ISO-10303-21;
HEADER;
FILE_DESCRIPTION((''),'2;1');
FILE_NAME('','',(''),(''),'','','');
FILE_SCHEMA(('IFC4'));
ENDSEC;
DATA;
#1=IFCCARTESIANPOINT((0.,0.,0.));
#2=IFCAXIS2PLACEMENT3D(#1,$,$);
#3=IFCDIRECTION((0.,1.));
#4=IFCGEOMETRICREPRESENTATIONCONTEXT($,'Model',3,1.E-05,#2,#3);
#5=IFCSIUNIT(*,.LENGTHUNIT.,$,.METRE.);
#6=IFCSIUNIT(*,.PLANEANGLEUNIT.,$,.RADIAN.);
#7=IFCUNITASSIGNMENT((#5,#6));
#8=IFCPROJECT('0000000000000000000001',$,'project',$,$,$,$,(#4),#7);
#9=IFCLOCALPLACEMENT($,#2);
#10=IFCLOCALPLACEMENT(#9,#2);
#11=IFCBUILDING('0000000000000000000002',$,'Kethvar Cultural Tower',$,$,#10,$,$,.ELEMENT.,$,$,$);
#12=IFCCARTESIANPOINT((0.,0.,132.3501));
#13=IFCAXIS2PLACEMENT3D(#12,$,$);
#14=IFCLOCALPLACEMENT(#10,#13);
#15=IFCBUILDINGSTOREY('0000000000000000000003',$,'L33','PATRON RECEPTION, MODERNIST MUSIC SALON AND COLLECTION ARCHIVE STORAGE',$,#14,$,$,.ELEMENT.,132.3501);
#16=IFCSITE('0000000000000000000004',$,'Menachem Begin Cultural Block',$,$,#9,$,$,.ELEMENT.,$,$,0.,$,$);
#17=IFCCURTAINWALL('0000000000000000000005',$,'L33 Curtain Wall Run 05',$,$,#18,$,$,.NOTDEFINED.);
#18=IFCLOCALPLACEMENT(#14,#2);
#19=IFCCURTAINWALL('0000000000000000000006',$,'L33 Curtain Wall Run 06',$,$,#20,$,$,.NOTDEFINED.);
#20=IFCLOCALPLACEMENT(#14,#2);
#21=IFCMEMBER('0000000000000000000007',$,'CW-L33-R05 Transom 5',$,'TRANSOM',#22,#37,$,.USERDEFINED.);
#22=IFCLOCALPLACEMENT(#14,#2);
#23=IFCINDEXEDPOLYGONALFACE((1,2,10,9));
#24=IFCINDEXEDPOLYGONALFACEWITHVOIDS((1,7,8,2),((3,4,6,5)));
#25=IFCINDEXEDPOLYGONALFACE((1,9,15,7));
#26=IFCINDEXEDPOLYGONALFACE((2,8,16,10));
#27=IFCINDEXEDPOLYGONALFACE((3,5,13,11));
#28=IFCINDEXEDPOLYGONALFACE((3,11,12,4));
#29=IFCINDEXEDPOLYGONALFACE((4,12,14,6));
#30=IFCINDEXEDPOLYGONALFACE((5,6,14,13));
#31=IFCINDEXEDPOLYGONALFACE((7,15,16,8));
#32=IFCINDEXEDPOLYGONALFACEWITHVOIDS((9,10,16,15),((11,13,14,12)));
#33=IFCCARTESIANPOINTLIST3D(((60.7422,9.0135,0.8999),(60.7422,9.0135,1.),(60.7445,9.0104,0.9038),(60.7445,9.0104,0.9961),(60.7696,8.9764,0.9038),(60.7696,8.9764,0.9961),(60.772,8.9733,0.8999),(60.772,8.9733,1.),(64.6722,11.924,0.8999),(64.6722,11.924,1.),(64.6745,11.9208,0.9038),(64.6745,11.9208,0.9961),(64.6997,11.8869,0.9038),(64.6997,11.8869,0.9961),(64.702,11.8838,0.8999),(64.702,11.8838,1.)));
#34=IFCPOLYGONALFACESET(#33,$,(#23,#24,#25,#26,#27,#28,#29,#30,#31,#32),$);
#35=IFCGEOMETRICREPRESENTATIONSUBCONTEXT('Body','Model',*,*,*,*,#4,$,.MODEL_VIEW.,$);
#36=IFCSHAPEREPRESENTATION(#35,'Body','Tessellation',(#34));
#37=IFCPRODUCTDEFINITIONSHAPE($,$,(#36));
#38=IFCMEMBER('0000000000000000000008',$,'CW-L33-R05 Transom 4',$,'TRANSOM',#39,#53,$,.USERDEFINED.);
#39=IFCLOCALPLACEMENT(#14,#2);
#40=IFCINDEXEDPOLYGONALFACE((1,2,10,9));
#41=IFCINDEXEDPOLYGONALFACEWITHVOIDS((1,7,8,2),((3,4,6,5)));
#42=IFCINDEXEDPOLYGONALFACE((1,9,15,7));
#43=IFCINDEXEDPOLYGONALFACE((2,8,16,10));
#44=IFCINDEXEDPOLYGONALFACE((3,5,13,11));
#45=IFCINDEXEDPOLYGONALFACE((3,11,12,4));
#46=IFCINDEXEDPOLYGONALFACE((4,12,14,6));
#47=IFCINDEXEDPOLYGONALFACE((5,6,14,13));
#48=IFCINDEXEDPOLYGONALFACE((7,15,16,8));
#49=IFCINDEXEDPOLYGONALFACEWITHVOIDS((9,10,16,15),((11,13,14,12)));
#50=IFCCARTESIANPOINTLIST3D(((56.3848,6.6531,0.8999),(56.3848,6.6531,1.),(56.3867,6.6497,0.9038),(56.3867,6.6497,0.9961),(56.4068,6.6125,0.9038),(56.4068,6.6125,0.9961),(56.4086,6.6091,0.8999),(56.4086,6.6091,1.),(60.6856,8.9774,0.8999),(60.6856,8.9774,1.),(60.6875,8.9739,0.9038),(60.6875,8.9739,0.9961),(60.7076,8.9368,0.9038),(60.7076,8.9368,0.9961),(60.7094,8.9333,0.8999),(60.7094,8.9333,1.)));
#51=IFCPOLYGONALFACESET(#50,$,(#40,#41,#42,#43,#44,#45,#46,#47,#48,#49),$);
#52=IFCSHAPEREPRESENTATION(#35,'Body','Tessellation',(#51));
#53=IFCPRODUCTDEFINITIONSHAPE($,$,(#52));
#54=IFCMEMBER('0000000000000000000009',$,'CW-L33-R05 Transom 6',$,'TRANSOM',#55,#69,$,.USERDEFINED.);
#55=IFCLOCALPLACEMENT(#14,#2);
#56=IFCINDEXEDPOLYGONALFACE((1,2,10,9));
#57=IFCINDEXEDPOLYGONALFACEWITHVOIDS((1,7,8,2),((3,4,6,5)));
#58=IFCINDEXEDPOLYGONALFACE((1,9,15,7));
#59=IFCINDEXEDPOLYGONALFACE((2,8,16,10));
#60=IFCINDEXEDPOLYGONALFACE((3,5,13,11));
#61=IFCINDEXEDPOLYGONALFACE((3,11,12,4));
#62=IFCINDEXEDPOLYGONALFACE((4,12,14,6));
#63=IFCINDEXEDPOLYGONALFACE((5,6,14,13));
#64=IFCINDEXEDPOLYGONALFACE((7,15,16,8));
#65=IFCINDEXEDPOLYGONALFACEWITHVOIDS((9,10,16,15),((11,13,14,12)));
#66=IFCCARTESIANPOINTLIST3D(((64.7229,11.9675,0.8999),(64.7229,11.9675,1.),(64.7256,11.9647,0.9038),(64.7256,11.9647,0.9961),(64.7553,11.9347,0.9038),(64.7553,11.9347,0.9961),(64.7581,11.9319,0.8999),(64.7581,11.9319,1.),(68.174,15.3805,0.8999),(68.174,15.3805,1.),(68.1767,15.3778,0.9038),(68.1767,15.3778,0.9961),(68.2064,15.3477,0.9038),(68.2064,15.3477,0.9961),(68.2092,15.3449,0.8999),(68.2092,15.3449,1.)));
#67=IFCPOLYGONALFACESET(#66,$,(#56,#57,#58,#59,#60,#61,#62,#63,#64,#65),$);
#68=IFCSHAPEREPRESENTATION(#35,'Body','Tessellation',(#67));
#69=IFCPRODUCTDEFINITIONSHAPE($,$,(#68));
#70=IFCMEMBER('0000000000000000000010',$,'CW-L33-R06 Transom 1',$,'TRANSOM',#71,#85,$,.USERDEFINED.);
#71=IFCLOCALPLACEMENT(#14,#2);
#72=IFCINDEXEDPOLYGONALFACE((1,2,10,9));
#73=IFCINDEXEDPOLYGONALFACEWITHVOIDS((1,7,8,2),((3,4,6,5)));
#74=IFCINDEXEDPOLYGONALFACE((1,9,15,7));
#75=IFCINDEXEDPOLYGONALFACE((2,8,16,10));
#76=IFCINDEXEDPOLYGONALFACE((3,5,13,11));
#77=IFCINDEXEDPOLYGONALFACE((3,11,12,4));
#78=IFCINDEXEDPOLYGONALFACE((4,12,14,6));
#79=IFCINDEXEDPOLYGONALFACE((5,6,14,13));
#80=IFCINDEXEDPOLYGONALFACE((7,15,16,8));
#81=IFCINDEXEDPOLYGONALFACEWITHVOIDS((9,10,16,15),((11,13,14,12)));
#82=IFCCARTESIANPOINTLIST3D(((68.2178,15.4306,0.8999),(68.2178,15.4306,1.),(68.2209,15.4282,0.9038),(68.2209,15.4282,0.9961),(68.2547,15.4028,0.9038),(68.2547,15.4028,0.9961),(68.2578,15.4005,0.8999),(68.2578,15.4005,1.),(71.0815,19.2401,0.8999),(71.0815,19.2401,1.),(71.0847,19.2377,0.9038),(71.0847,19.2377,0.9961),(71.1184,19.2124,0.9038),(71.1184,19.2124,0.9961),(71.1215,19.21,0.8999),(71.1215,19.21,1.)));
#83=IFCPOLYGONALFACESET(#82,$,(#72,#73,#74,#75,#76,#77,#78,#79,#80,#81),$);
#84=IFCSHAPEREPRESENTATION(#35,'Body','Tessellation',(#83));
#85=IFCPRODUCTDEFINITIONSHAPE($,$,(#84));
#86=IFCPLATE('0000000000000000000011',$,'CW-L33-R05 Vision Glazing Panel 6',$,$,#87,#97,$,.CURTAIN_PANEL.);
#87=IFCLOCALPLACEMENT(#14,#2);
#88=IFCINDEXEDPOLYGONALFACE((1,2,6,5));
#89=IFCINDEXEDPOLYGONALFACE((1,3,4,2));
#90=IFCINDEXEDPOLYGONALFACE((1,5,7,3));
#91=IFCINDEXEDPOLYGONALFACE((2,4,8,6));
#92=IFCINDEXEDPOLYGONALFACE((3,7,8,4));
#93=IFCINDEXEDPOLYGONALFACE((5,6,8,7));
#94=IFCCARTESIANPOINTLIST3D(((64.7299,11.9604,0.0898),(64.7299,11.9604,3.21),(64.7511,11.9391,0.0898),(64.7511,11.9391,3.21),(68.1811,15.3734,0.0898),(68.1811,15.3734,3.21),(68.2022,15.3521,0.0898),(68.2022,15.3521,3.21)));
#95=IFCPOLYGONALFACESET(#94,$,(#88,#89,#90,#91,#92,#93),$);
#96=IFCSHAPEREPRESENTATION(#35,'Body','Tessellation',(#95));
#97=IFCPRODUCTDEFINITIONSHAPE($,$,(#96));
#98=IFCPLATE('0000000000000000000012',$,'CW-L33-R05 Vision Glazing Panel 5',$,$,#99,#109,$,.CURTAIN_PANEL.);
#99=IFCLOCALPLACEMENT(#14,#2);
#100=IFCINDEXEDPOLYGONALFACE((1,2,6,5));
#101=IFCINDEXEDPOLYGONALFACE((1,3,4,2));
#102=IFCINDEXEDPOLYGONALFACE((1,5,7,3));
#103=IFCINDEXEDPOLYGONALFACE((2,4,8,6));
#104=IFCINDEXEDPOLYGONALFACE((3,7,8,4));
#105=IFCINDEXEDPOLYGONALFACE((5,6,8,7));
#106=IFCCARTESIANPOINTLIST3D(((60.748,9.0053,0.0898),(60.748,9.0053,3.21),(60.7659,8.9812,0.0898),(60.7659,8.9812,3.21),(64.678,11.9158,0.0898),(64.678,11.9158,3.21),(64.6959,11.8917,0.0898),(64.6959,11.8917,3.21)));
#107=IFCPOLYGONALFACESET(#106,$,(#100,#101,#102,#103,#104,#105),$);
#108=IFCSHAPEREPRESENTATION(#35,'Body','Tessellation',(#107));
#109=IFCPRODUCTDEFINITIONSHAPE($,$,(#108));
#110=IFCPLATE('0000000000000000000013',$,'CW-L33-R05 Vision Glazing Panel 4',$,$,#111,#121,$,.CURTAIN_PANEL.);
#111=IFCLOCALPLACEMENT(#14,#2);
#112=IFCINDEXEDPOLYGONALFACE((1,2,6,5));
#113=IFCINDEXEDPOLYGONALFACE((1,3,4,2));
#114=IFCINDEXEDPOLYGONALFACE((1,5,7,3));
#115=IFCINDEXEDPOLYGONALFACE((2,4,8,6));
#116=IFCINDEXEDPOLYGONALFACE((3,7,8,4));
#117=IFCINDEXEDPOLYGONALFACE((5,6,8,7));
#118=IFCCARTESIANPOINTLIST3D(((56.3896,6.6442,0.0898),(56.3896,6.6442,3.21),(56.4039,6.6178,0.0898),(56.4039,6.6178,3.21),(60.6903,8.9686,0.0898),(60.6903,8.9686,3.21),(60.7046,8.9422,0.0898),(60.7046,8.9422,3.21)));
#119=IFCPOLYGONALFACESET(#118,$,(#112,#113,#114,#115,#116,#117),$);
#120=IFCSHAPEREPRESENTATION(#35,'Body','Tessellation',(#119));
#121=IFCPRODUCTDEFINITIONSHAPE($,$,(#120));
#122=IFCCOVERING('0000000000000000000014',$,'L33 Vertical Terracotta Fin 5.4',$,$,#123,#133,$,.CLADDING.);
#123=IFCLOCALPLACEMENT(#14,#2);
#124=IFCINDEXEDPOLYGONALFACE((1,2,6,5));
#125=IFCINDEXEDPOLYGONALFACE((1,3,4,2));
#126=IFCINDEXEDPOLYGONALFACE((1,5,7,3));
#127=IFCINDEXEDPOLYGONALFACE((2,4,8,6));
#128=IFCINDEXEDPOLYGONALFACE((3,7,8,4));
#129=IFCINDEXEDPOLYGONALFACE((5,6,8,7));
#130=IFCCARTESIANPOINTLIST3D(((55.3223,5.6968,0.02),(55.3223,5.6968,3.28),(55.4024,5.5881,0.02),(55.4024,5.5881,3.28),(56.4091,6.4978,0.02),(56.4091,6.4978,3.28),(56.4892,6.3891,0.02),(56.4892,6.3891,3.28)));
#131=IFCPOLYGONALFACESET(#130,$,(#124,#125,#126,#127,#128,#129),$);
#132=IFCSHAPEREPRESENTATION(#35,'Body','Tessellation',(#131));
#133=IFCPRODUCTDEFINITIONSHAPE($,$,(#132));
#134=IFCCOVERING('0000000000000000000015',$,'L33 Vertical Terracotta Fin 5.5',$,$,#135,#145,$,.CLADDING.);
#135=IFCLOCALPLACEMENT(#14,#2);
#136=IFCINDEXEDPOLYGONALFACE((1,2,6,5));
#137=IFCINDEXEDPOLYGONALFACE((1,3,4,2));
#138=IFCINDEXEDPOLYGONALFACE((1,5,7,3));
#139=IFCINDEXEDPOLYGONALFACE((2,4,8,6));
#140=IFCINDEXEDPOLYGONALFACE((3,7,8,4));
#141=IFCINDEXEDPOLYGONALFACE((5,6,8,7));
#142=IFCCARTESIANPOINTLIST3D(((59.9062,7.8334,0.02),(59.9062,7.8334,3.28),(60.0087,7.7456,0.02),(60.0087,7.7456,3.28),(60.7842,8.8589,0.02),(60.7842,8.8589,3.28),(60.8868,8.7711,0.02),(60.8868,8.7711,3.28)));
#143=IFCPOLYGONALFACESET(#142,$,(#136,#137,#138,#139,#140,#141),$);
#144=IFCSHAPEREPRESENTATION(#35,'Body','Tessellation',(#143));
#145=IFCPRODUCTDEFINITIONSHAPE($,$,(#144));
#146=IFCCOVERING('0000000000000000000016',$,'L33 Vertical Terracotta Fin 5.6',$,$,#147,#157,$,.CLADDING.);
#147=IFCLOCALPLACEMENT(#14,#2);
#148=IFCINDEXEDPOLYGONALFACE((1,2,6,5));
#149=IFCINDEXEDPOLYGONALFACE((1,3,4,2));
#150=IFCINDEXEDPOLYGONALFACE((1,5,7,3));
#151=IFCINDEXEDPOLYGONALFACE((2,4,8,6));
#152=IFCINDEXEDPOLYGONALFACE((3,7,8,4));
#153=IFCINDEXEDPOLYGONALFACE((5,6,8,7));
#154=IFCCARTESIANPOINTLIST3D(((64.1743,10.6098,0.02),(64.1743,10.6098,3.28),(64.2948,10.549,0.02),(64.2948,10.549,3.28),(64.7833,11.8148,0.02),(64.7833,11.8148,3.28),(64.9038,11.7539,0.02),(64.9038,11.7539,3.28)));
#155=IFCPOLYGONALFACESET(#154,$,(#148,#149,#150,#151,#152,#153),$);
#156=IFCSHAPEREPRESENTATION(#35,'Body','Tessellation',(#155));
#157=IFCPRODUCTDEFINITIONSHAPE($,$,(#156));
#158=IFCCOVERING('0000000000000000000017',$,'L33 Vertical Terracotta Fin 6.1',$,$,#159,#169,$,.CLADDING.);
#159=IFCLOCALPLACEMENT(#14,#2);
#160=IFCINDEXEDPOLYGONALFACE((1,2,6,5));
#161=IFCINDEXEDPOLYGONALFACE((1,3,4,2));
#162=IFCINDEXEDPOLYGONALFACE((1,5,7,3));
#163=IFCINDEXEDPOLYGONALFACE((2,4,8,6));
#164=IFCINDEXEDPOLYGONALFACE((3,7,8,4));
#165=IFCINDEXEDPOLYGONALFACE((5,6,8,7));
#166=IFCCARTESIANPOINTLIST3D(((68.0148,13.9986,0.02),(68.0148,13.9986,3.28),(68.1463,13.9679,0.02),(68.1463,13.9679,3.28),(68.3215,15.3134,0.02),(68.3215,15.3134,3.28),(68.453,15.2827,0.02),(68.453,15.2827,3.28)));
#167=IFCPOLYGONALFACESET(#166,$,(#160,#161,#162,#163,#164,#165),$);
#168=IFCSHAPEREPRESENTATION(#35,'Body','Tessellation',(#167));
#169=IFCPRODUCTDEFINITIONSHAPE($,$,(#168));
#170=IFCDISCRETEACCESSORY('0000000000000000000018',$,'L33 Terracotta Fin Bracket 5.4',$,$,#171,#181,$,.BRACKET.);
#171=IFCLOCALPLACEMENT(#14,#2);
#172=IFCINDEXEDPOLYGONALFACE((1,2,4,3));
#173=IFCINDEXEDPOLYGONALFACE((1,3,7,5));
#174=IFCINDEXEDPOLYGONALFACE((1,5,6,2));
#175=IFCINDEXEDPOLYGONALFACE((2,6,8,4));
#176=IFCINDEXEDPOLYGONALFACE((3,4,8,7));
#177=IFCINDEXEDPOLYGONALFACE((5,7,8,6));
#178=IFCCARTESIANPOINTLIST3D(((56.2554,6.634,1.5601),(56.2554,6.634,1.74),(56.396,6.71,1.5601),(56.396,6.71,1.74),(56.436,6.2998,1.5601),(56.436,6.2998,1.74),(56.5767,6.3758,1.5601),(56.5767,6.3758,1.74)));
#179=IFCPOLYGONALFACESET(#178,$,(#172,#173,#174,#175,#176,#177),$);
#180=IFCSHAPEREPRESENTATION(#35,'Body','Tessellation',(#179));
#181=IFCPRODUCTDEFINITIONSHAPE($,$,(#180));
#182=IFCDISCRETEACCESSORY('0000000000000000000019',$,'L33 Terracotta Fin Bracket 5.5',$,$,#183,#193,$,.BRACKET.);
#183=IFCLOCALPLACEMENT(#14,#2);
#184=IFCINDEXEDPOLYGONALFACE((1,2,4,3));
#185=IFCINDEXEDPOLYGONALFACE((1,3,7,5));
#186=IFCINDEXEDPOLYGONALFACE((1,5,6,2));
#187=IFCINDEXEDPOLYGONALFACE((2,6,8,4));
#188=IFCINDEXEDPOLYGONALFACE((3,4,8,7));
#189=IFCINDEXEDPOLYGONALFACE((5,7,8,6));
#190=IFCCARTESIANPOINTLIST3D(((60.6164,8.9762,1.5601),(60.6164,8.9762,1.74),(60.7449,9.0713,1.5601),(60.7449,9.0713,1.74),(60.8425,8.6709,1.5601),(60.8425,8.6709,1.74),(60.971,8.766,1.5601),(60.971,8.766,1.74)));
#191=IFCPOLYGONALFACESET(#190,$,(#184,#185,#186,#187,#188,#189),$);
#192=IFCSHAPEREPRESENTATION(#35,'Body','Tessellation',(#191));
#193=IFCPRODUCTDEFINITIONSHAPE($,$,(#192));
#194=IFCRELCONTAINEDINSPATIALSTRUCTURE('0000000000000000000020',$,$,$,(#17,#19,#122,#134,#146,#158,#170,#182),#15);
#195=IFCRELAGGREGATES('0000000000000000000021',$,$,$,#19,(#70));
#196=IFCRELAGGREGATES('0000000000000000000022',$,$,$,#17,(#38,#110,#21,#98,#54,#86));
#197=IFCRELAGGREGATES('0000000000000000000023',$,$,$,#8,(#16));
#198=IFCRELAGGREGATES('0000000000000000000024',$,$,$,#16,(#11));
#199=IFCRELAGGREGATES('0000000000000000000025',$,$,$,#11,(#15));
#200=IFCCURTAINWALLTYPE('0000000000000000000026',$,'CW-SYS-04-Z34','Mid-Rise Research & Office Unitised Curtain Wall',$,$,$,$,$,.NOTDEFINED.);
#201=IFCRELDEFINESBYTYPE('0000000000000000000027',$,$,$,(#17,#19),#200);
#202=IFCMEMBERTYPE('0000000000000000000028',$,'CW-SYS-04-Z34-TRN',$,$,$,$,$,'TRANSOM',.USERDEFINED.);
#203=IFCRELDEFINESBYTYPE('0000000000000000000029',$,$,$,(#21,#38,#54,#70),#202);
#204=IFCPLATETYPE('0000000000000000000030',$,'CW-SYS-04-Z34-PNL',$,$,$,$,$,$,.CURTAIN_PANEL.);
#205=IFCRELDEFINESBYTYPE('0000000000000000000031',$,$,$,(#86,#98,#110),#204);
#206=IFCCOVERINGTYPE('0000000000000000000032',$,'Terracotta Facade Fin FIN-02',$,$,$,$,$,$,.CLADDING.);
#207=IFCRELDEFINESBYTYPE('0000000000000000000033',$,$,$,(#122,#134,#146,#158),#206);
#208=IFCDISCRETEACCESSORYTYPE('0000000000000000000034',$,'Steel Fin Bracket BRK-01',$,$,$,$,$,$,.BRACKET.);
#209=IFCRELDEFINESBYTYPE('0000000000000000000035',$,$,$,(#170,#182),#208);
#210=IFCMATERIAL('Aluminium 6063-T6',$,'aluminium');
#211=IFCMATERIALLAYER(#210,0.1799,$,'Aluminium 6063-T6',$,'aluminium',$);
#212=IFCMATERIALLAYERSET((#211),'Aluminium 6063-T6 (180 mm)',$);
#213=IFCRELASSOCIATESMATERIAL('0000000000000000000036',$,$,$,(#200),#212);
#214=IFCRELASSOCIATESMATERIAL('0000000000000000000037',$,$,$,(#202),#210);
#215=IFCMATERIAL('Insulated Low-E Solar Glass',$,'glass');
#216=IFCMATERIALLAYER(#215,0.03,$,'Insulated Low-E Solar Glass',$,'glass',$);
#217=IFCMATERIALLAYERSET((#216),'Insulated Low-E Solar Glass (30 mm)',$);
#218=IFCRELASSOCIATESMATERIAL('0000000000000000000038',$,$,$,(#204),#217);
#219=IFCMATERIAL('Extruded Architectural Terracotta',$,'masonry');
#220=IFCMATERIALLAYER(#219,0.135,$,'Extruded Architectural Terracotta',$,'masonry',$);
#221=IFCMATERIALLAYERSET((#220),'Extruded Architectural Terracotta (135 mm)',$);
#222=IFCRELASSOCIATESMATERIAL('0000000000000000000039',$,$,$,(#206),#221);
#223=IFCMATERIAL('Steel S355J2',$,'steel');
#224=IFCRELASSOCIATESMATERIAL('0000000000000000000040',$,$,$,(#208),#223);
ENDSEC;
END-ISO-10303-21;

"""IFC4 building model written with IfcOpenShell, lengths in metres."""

from ifc_helpers import new_model, si_unit, direction, frame, origin, origin_2d, place, context, subcontext, project, spatial, rectangle, hollow_rectangle, extrude, source, transform, mapped, material, layer, layer_set, material_profile, profile_set, type_object, element, aggregate, save


model = new_model("IFC4")

# Units and contexts
model_context = context("Model", 3, precision=1e-05, world=origin(), true_north=direction((0.0, 1.0)))
body_context = subcontext(model_context, "Body", "Model", "MODEL_VIEW")
ifc_project = project(units=[si_unit("LENGTHUNIT", "METRE"), si_unit("PLANEANGLEUNIT", "RADIAN")], contexts=[model_context])

# Site, building, storey
site_placement = place(None, origin())
site = spatial("IfcSite", under=ifc_project, at=site_placement, Name="Menachem Begin Cultural Block", CompositionType="ELEMENT", RefElevation=0.0)
building_placement = place(site_placement, origin())
building = spatial("IfcBuilding", under=site, at=building_placement, Name="Kethvar Cultural Tower", CompositionType="ELEMENT")
storey_placement = place(building_placement, frame((0.0, 0.0, 132.3501)))
storey = spatial("IfcBuildingStorey", under=building, at=storey_placement, Name="L33", Description="PATRON RECEPTION, MODERNIST MUSIC SALON AND COLLECTION ARCHIVE STORAGE", CompositionType="ELEMENT", Elevation=132.3501)

# Shared definitions
ifc_material_1 = material(Name="Steel S355J2", Category="steel")

# Curtain wall
ifc_material_2 = material(Name="Aluminium 6063-T6", Category="aluminium")
ifc_layer_1 = layer(ifc_material_2, 0.1799, Name="Aluminium 6063-T6", Category="aluminium")
ifc_layer_set_1 = layer_set([ifc_layer_1], Name="Aluminium 6063-T6 (180 mm)")
curtain_wall_type = type_object("IfcCurtainWallType", Name="CW-SYS-04-Z34", Description="Mid-Rise Research & Office Unitised Curtain Wall", PredefinedType="NOTDEFINED", material=ifc_layer_set_1)
curtain_wall_1_placement = place(storey_placement, origin())
curtain_wall_1 = element("IfcCurtainWall", 1, at=curtain_wall_1_placement, inside=storey, type_object=curtain_wall_type, Name="L33 Curtain Wall Run 05", PredefinedType="NOTDEFINED")

# Curtain wall
curtain_wall_2_placement = place(storey_placement, origin())
curtain_wall_2 = element("IfcCurtainWall", 2, at=curtain_wall_2_placement, inside=storey, type_object=curtain_wall_type, Name="L33 Curtain Wall Run 06", PredefinedType="NOTDEFINED")

# Members
ifc_material_profile_1 = material_profile(ifc_material_2, hollow_rectangle(XDim=0.05, YDim=0.1001, WallThickness=0.0039, at=origin_2d()), Name="Aluminium 6063-T6 — RHS100x50x4")
ifc_profile_set_1 = profile_set([ifc_material_profile_1], Name="Aluminium 6063-T6 — RHS100x50x4")
member_type_1 = type_object("IfcMemberType", Name="CW-SYS-04-Z34-TRN", ElementType="TRANSOM", PredefinedType="USERDEFINED", material=ifc_profile_set_1)
shared_shape_1 = source(origin(), body_context, "Body", "SweptSolid", [
    extrude(hollow_rectangle(XDim=0.05, YDim=0.1001, WallThickness=0.0039, at=origin_2d()), origin(), (0.0, 0.0, 1.0), 4.8904),
])
member_1_placement = place(storey_placement, frame((60.7571, 8.9934, 0.95), z_axis=(0.803622, 0.59514, 0.0), x_axis=(-0.59514, 0.803622, 0.0)))
member_1 = element("IfcMember", 3, at=member_1_placement, type_object=member_type_1, Name="CW-L33-R05 Transom 5", ObjectType="TRANSOM", PredefinedType="USERDEFINED", context=body_context, shape_type="MappedRepresentation", body=[
    mapped(shared_shape_1, transform((0.0, 0.0, 0.0), scale=1.0)),
])
shared_shape_2 = source(origin(), body_context, "Body", "SweptSolid", [
    extrude(hollow_rectangle(XDim=0.05, YDim=0.1001, WallThickness=0.0039, at=origin_2d()), origin(), (0.0, 0.0, 1.0), 4.8887),
])
member_2_placement = place(storey_placement, frame((56.3967, 6.6311, 0.95), z_axis=(0.879752, 0.475433, 0.0), x_axis=(-0.475433, 0.879752, 0.0)))
member_2 = element("IfcMember", 4, at=member_2_placement, type_object=member_type_1, Name="CW-L33-R05 Transom 4", ObjectType="TRANSOM", PredefinedType="USERDEFINED", context=body_context, shape_type="MappedRepresentation", body=[
    mapped(shared_shape_2, transform((0.0, 0.0, 0.0), scale=1.0)),
])
shared_shape_3 = source(origin(), body_context, "Body", "SweptSolid", [
    extrude(hollow_rectangle(XDim=0.05, YDim=0.1001, WallThickness=0.0039, at=origin_2d()), origin(), (0.0, 0.0, 1.0), 4.8538),
])
member_3_placement = place(storey_placement, frame((64.7405, 11.9497, 0.95), z_axis=(0.711019, 0.703173, 0.0), x_axis=(-0.703173, 0.711019, 0.0)))
member_3 = element("IfcMember", 5, at=member_3_placement, type_object=member_type_1, Name="CW-L33-R05 Transom 6", ObjectType="TRANSOM", PredefinedType="USERDEFINED", context=body_context, shape_type="MappedRepresentation", body=[
    mapped(shared_shape_3, transform((0.0, 0.0, 0.0), scale=1.0)),
])
shared_shape_4 = source(origin(), body_context, "Body", "SweptSolid", [
    extrude(hollow_rectangle(XDim=0.05, YDim=0.1001, WallThickness=0.0039, at=origin_2d()), origin(), (0.0, 0.0, 1.0), 4.7659),
])
member_4_placement = place(storey_placement, frame((68.2378, 15.4155, 0.95), z_axis=(0.600885, 0.799336, 0.0), x_axis=(-0.799336, 0.600885, 0.0)))
member_4 = element("IfcMember", 6, at=member_4_placement, type_object=member_type_1, Name="CW-L33-R06 Transom 1", ObjectType="TRANSOM", PredefinedType="USERDEFINED", context=body_context, shape_type="MappedRepresentation", body=[
    mapped(shared_shape_4, transform((0.0, 0.0, 0.0), scale=1.0)),
])
aggregate(curtain_wall_2, [member_4])

# Plates
ifc_material_3 = material(Name="Insulated Low-E Solar Glass", Category="glass")
ifc_layer_2 = layer(ifc_material_3, 0.03, Name="Insulated Low-E Solar Glass", Category="glass")
ifc_layer_set_2 = layer_set([ifc_layer_2], Name="Insulated Low-E Solar Glass (30 mm)")
plate_type = type_object("IfcPlateType", Name="CW-SYS-04-Z34-PNL", PredefinedType="CURTAIN_PANEL", material=ifc_layer_set_2)
shared_shape_5 = source(origin(), body_context, "Body", "SweptSolid", [
    extrude(rectangle(XDim=4.8538, YDim=0.03, at=origin_2d()), origin(), (0.0, 0.0, 1.0), 3.1201),
])
plate_1_placement = place(storey_placement, frame((66.4661, 13.6562, 0.0898), z_axis=(0.0, 0.0, 1.0), x_axis=(0.71102, 0.703171, 0.0)))
plate_1 = element("IfcPlate", 7, at=plate_1_placement, type_object=plate_type, Name="CW-L33-R05 Vision Glazing Panel 6", PredefinedType="CURTAIN_PANEL", context=body_context, shape_type="MappedRepresentation", body=[
    mapped(shared_shape_5, transform((0.0, 0.0, 0.0), scale=1.0)),
])
shared_shape_6 = source(origin(), body_context, "Body", "SweptSolid", [
    extrude(rectangle(XDim=4.8904, YDim=0.03, at=origin_2d()), origin(), (0.0, 0.0, 1.0), 3.1201),
])
plate_2_placement = place(storey_placement, frame((62.7219, 10.4485, 0.0898), z_axis=(0.0, 0.0, 1.0), x_axis=(0.803618, 0.595145, 0.0)))
plate_2 = element("IfcPlate", 8, at=plate_2_placement, type_object=plate_type, Name="CW-L33-R05 Vision Glazing Panel 5", PredefinedType="CURTAIN_PANEL", context=body_context, shape_type="MappedRepresentation", body=[
    mapped(shared_shape_6, transform((0.0, 0.0, 0.0), scale=1.0)),
])
shared_shape_7 = source(origin(), body_context, "Body", "SweptSolid", [
    extrude(rectangle(XDim=4.8887, YDim=0.03, at=origin_2d()), origin(), (0.0, 0.0, 1.0), 3.1201),
])
plate_3_placement = place(storey_placement, frame((58.5471, 7.7932, 0.0898), z_axis=(0.0, 0.0, 1.0), x_axis=(0.879732, 0.475471, 0.0)))
plate_3 = element("IfcPlate", 9, at=plate_3_placement, type_object=plate_type, Name="CW-L33-R05 Vision Glazing Panel 4", PredefinedType="CURTAIN_PANEL", context=body_context, shape_type="MappedRepresentation", body=[
    mapped(shared_shape_7, transform((0.0, 0.0, 0.0), scale=1.0)),
])
aggregate(curtain_wall_1, [member_2, plate_3, member_1, plate_2, member_3, plate_1])

# Coverings
ifc_material_4 = material(Name="Extruded Architectural Terracotta", Category="masonry")
ifc_layer_3 = layer(ifc_material_4, 0.135, Name="Extruded Architectural Terracotta", Category="masonry")
ifc_layer_set_3 = layer_set([ifc_layer_3], Name="Extruded Architectural Terracotta (135 mm)")
covering_type = type_object("IfcCoveringType", Name="Terracotta Facade Fin FIN-02", PredefinedType="CLADDING", material=ifc_layer_set_3)
shared_shape_8 = source(origin(), body_context, "Body", "SweptSolid", [
    extrude(rectangle(XDim=1.3501, YDim=0.135, at=origin_2d()), origin(), (0.0, 0.0, 1.0), 3.26),
])
for number, where, z_axis, x_axis, name in (
    (10, (55.9058, 6.043, 0.02), (0.0, 0.0, 1.0), (-0.804997, -0.593278, 0.0), "L33 Vertical Terracotta Fin 5.4"),
    (11, (60.3965, 8.3022, 0.02), (0.0, 0.0, 1.0), (-0.650377, -0.759612, 0.0), "L33 Vertical Terracotta Fin 5.5"),
    (12, (64.5391, 11.1819, 0.02), (0.0, 0.0, 1.0), (-0.451033, -0.892507, 0.0), "L33 Vertical Terracotta Fin 5.6"),
    (13, (68.2339, 14.6406, 0.02), (0.0, 0.0, 1.0), (-0.227161, -0.973857, 0.0), "L33 Vertical Terracotta Fin 6.1"),
):
    element("IfcCovering", number, at=place(storey_placement, frame(where, z_axis=z_axis, x_axis=x_axis)), inside=storey, type_object=covering_type, Name=name, PredefinedType="CLADDING", context=body_context, shape_type="MappedRepresentation", body=[
        mapped(shared_shape_8, transform((0.0, 0.0, 0.0), scale=1.0)),
    ])

# Discrete accessories
discrete_accessory_type = type_object("IfcDiscreteAccessoryType", Name="Steel Fin Bracket BRK-01", PredefinedType="BRACKET", material=ifc_material_1)
shared_shape_9 = source(origin(), body_context, "Body", "SweptSolid", [
    extrude(rectangle(XDim=0.3799, YDim=0.1599, at=origin_2d()), origin(), (0.0, 0.0, 1.0), 0.1799),
])
for number, where, z_axis, x_axis, name in (
    (14, (56.416, 6.5049, 1.5601), (0.0, 0.0, 1.0), (0.475471, -0.879732, 0.0), "L33 Terracotta Fin Bracket 5.4"),
    (15, (60.7937, 8.8711, 1.5601), (0.0, 0.0, 1.0), (0.595103, -0.803649, 0.0), "L33 Terracotta Fin Bracket 5.5"),
):
    element("IfcDiscreteAccessory", number, at=place(storey_placement, frame(where, z_axis=z_axis, x_axis=x_axis)), inside=storey, type_object=discrete_accessory_type, Name=name, PredefinedType="BRACKET", context=body_context, shape_type="MappedRepresentation", body=[
        mapped(shared_shape_9, transform((0.0, 0.0, 0.0), scale=1.0)),
    ])

save(model, "model.ifc")
